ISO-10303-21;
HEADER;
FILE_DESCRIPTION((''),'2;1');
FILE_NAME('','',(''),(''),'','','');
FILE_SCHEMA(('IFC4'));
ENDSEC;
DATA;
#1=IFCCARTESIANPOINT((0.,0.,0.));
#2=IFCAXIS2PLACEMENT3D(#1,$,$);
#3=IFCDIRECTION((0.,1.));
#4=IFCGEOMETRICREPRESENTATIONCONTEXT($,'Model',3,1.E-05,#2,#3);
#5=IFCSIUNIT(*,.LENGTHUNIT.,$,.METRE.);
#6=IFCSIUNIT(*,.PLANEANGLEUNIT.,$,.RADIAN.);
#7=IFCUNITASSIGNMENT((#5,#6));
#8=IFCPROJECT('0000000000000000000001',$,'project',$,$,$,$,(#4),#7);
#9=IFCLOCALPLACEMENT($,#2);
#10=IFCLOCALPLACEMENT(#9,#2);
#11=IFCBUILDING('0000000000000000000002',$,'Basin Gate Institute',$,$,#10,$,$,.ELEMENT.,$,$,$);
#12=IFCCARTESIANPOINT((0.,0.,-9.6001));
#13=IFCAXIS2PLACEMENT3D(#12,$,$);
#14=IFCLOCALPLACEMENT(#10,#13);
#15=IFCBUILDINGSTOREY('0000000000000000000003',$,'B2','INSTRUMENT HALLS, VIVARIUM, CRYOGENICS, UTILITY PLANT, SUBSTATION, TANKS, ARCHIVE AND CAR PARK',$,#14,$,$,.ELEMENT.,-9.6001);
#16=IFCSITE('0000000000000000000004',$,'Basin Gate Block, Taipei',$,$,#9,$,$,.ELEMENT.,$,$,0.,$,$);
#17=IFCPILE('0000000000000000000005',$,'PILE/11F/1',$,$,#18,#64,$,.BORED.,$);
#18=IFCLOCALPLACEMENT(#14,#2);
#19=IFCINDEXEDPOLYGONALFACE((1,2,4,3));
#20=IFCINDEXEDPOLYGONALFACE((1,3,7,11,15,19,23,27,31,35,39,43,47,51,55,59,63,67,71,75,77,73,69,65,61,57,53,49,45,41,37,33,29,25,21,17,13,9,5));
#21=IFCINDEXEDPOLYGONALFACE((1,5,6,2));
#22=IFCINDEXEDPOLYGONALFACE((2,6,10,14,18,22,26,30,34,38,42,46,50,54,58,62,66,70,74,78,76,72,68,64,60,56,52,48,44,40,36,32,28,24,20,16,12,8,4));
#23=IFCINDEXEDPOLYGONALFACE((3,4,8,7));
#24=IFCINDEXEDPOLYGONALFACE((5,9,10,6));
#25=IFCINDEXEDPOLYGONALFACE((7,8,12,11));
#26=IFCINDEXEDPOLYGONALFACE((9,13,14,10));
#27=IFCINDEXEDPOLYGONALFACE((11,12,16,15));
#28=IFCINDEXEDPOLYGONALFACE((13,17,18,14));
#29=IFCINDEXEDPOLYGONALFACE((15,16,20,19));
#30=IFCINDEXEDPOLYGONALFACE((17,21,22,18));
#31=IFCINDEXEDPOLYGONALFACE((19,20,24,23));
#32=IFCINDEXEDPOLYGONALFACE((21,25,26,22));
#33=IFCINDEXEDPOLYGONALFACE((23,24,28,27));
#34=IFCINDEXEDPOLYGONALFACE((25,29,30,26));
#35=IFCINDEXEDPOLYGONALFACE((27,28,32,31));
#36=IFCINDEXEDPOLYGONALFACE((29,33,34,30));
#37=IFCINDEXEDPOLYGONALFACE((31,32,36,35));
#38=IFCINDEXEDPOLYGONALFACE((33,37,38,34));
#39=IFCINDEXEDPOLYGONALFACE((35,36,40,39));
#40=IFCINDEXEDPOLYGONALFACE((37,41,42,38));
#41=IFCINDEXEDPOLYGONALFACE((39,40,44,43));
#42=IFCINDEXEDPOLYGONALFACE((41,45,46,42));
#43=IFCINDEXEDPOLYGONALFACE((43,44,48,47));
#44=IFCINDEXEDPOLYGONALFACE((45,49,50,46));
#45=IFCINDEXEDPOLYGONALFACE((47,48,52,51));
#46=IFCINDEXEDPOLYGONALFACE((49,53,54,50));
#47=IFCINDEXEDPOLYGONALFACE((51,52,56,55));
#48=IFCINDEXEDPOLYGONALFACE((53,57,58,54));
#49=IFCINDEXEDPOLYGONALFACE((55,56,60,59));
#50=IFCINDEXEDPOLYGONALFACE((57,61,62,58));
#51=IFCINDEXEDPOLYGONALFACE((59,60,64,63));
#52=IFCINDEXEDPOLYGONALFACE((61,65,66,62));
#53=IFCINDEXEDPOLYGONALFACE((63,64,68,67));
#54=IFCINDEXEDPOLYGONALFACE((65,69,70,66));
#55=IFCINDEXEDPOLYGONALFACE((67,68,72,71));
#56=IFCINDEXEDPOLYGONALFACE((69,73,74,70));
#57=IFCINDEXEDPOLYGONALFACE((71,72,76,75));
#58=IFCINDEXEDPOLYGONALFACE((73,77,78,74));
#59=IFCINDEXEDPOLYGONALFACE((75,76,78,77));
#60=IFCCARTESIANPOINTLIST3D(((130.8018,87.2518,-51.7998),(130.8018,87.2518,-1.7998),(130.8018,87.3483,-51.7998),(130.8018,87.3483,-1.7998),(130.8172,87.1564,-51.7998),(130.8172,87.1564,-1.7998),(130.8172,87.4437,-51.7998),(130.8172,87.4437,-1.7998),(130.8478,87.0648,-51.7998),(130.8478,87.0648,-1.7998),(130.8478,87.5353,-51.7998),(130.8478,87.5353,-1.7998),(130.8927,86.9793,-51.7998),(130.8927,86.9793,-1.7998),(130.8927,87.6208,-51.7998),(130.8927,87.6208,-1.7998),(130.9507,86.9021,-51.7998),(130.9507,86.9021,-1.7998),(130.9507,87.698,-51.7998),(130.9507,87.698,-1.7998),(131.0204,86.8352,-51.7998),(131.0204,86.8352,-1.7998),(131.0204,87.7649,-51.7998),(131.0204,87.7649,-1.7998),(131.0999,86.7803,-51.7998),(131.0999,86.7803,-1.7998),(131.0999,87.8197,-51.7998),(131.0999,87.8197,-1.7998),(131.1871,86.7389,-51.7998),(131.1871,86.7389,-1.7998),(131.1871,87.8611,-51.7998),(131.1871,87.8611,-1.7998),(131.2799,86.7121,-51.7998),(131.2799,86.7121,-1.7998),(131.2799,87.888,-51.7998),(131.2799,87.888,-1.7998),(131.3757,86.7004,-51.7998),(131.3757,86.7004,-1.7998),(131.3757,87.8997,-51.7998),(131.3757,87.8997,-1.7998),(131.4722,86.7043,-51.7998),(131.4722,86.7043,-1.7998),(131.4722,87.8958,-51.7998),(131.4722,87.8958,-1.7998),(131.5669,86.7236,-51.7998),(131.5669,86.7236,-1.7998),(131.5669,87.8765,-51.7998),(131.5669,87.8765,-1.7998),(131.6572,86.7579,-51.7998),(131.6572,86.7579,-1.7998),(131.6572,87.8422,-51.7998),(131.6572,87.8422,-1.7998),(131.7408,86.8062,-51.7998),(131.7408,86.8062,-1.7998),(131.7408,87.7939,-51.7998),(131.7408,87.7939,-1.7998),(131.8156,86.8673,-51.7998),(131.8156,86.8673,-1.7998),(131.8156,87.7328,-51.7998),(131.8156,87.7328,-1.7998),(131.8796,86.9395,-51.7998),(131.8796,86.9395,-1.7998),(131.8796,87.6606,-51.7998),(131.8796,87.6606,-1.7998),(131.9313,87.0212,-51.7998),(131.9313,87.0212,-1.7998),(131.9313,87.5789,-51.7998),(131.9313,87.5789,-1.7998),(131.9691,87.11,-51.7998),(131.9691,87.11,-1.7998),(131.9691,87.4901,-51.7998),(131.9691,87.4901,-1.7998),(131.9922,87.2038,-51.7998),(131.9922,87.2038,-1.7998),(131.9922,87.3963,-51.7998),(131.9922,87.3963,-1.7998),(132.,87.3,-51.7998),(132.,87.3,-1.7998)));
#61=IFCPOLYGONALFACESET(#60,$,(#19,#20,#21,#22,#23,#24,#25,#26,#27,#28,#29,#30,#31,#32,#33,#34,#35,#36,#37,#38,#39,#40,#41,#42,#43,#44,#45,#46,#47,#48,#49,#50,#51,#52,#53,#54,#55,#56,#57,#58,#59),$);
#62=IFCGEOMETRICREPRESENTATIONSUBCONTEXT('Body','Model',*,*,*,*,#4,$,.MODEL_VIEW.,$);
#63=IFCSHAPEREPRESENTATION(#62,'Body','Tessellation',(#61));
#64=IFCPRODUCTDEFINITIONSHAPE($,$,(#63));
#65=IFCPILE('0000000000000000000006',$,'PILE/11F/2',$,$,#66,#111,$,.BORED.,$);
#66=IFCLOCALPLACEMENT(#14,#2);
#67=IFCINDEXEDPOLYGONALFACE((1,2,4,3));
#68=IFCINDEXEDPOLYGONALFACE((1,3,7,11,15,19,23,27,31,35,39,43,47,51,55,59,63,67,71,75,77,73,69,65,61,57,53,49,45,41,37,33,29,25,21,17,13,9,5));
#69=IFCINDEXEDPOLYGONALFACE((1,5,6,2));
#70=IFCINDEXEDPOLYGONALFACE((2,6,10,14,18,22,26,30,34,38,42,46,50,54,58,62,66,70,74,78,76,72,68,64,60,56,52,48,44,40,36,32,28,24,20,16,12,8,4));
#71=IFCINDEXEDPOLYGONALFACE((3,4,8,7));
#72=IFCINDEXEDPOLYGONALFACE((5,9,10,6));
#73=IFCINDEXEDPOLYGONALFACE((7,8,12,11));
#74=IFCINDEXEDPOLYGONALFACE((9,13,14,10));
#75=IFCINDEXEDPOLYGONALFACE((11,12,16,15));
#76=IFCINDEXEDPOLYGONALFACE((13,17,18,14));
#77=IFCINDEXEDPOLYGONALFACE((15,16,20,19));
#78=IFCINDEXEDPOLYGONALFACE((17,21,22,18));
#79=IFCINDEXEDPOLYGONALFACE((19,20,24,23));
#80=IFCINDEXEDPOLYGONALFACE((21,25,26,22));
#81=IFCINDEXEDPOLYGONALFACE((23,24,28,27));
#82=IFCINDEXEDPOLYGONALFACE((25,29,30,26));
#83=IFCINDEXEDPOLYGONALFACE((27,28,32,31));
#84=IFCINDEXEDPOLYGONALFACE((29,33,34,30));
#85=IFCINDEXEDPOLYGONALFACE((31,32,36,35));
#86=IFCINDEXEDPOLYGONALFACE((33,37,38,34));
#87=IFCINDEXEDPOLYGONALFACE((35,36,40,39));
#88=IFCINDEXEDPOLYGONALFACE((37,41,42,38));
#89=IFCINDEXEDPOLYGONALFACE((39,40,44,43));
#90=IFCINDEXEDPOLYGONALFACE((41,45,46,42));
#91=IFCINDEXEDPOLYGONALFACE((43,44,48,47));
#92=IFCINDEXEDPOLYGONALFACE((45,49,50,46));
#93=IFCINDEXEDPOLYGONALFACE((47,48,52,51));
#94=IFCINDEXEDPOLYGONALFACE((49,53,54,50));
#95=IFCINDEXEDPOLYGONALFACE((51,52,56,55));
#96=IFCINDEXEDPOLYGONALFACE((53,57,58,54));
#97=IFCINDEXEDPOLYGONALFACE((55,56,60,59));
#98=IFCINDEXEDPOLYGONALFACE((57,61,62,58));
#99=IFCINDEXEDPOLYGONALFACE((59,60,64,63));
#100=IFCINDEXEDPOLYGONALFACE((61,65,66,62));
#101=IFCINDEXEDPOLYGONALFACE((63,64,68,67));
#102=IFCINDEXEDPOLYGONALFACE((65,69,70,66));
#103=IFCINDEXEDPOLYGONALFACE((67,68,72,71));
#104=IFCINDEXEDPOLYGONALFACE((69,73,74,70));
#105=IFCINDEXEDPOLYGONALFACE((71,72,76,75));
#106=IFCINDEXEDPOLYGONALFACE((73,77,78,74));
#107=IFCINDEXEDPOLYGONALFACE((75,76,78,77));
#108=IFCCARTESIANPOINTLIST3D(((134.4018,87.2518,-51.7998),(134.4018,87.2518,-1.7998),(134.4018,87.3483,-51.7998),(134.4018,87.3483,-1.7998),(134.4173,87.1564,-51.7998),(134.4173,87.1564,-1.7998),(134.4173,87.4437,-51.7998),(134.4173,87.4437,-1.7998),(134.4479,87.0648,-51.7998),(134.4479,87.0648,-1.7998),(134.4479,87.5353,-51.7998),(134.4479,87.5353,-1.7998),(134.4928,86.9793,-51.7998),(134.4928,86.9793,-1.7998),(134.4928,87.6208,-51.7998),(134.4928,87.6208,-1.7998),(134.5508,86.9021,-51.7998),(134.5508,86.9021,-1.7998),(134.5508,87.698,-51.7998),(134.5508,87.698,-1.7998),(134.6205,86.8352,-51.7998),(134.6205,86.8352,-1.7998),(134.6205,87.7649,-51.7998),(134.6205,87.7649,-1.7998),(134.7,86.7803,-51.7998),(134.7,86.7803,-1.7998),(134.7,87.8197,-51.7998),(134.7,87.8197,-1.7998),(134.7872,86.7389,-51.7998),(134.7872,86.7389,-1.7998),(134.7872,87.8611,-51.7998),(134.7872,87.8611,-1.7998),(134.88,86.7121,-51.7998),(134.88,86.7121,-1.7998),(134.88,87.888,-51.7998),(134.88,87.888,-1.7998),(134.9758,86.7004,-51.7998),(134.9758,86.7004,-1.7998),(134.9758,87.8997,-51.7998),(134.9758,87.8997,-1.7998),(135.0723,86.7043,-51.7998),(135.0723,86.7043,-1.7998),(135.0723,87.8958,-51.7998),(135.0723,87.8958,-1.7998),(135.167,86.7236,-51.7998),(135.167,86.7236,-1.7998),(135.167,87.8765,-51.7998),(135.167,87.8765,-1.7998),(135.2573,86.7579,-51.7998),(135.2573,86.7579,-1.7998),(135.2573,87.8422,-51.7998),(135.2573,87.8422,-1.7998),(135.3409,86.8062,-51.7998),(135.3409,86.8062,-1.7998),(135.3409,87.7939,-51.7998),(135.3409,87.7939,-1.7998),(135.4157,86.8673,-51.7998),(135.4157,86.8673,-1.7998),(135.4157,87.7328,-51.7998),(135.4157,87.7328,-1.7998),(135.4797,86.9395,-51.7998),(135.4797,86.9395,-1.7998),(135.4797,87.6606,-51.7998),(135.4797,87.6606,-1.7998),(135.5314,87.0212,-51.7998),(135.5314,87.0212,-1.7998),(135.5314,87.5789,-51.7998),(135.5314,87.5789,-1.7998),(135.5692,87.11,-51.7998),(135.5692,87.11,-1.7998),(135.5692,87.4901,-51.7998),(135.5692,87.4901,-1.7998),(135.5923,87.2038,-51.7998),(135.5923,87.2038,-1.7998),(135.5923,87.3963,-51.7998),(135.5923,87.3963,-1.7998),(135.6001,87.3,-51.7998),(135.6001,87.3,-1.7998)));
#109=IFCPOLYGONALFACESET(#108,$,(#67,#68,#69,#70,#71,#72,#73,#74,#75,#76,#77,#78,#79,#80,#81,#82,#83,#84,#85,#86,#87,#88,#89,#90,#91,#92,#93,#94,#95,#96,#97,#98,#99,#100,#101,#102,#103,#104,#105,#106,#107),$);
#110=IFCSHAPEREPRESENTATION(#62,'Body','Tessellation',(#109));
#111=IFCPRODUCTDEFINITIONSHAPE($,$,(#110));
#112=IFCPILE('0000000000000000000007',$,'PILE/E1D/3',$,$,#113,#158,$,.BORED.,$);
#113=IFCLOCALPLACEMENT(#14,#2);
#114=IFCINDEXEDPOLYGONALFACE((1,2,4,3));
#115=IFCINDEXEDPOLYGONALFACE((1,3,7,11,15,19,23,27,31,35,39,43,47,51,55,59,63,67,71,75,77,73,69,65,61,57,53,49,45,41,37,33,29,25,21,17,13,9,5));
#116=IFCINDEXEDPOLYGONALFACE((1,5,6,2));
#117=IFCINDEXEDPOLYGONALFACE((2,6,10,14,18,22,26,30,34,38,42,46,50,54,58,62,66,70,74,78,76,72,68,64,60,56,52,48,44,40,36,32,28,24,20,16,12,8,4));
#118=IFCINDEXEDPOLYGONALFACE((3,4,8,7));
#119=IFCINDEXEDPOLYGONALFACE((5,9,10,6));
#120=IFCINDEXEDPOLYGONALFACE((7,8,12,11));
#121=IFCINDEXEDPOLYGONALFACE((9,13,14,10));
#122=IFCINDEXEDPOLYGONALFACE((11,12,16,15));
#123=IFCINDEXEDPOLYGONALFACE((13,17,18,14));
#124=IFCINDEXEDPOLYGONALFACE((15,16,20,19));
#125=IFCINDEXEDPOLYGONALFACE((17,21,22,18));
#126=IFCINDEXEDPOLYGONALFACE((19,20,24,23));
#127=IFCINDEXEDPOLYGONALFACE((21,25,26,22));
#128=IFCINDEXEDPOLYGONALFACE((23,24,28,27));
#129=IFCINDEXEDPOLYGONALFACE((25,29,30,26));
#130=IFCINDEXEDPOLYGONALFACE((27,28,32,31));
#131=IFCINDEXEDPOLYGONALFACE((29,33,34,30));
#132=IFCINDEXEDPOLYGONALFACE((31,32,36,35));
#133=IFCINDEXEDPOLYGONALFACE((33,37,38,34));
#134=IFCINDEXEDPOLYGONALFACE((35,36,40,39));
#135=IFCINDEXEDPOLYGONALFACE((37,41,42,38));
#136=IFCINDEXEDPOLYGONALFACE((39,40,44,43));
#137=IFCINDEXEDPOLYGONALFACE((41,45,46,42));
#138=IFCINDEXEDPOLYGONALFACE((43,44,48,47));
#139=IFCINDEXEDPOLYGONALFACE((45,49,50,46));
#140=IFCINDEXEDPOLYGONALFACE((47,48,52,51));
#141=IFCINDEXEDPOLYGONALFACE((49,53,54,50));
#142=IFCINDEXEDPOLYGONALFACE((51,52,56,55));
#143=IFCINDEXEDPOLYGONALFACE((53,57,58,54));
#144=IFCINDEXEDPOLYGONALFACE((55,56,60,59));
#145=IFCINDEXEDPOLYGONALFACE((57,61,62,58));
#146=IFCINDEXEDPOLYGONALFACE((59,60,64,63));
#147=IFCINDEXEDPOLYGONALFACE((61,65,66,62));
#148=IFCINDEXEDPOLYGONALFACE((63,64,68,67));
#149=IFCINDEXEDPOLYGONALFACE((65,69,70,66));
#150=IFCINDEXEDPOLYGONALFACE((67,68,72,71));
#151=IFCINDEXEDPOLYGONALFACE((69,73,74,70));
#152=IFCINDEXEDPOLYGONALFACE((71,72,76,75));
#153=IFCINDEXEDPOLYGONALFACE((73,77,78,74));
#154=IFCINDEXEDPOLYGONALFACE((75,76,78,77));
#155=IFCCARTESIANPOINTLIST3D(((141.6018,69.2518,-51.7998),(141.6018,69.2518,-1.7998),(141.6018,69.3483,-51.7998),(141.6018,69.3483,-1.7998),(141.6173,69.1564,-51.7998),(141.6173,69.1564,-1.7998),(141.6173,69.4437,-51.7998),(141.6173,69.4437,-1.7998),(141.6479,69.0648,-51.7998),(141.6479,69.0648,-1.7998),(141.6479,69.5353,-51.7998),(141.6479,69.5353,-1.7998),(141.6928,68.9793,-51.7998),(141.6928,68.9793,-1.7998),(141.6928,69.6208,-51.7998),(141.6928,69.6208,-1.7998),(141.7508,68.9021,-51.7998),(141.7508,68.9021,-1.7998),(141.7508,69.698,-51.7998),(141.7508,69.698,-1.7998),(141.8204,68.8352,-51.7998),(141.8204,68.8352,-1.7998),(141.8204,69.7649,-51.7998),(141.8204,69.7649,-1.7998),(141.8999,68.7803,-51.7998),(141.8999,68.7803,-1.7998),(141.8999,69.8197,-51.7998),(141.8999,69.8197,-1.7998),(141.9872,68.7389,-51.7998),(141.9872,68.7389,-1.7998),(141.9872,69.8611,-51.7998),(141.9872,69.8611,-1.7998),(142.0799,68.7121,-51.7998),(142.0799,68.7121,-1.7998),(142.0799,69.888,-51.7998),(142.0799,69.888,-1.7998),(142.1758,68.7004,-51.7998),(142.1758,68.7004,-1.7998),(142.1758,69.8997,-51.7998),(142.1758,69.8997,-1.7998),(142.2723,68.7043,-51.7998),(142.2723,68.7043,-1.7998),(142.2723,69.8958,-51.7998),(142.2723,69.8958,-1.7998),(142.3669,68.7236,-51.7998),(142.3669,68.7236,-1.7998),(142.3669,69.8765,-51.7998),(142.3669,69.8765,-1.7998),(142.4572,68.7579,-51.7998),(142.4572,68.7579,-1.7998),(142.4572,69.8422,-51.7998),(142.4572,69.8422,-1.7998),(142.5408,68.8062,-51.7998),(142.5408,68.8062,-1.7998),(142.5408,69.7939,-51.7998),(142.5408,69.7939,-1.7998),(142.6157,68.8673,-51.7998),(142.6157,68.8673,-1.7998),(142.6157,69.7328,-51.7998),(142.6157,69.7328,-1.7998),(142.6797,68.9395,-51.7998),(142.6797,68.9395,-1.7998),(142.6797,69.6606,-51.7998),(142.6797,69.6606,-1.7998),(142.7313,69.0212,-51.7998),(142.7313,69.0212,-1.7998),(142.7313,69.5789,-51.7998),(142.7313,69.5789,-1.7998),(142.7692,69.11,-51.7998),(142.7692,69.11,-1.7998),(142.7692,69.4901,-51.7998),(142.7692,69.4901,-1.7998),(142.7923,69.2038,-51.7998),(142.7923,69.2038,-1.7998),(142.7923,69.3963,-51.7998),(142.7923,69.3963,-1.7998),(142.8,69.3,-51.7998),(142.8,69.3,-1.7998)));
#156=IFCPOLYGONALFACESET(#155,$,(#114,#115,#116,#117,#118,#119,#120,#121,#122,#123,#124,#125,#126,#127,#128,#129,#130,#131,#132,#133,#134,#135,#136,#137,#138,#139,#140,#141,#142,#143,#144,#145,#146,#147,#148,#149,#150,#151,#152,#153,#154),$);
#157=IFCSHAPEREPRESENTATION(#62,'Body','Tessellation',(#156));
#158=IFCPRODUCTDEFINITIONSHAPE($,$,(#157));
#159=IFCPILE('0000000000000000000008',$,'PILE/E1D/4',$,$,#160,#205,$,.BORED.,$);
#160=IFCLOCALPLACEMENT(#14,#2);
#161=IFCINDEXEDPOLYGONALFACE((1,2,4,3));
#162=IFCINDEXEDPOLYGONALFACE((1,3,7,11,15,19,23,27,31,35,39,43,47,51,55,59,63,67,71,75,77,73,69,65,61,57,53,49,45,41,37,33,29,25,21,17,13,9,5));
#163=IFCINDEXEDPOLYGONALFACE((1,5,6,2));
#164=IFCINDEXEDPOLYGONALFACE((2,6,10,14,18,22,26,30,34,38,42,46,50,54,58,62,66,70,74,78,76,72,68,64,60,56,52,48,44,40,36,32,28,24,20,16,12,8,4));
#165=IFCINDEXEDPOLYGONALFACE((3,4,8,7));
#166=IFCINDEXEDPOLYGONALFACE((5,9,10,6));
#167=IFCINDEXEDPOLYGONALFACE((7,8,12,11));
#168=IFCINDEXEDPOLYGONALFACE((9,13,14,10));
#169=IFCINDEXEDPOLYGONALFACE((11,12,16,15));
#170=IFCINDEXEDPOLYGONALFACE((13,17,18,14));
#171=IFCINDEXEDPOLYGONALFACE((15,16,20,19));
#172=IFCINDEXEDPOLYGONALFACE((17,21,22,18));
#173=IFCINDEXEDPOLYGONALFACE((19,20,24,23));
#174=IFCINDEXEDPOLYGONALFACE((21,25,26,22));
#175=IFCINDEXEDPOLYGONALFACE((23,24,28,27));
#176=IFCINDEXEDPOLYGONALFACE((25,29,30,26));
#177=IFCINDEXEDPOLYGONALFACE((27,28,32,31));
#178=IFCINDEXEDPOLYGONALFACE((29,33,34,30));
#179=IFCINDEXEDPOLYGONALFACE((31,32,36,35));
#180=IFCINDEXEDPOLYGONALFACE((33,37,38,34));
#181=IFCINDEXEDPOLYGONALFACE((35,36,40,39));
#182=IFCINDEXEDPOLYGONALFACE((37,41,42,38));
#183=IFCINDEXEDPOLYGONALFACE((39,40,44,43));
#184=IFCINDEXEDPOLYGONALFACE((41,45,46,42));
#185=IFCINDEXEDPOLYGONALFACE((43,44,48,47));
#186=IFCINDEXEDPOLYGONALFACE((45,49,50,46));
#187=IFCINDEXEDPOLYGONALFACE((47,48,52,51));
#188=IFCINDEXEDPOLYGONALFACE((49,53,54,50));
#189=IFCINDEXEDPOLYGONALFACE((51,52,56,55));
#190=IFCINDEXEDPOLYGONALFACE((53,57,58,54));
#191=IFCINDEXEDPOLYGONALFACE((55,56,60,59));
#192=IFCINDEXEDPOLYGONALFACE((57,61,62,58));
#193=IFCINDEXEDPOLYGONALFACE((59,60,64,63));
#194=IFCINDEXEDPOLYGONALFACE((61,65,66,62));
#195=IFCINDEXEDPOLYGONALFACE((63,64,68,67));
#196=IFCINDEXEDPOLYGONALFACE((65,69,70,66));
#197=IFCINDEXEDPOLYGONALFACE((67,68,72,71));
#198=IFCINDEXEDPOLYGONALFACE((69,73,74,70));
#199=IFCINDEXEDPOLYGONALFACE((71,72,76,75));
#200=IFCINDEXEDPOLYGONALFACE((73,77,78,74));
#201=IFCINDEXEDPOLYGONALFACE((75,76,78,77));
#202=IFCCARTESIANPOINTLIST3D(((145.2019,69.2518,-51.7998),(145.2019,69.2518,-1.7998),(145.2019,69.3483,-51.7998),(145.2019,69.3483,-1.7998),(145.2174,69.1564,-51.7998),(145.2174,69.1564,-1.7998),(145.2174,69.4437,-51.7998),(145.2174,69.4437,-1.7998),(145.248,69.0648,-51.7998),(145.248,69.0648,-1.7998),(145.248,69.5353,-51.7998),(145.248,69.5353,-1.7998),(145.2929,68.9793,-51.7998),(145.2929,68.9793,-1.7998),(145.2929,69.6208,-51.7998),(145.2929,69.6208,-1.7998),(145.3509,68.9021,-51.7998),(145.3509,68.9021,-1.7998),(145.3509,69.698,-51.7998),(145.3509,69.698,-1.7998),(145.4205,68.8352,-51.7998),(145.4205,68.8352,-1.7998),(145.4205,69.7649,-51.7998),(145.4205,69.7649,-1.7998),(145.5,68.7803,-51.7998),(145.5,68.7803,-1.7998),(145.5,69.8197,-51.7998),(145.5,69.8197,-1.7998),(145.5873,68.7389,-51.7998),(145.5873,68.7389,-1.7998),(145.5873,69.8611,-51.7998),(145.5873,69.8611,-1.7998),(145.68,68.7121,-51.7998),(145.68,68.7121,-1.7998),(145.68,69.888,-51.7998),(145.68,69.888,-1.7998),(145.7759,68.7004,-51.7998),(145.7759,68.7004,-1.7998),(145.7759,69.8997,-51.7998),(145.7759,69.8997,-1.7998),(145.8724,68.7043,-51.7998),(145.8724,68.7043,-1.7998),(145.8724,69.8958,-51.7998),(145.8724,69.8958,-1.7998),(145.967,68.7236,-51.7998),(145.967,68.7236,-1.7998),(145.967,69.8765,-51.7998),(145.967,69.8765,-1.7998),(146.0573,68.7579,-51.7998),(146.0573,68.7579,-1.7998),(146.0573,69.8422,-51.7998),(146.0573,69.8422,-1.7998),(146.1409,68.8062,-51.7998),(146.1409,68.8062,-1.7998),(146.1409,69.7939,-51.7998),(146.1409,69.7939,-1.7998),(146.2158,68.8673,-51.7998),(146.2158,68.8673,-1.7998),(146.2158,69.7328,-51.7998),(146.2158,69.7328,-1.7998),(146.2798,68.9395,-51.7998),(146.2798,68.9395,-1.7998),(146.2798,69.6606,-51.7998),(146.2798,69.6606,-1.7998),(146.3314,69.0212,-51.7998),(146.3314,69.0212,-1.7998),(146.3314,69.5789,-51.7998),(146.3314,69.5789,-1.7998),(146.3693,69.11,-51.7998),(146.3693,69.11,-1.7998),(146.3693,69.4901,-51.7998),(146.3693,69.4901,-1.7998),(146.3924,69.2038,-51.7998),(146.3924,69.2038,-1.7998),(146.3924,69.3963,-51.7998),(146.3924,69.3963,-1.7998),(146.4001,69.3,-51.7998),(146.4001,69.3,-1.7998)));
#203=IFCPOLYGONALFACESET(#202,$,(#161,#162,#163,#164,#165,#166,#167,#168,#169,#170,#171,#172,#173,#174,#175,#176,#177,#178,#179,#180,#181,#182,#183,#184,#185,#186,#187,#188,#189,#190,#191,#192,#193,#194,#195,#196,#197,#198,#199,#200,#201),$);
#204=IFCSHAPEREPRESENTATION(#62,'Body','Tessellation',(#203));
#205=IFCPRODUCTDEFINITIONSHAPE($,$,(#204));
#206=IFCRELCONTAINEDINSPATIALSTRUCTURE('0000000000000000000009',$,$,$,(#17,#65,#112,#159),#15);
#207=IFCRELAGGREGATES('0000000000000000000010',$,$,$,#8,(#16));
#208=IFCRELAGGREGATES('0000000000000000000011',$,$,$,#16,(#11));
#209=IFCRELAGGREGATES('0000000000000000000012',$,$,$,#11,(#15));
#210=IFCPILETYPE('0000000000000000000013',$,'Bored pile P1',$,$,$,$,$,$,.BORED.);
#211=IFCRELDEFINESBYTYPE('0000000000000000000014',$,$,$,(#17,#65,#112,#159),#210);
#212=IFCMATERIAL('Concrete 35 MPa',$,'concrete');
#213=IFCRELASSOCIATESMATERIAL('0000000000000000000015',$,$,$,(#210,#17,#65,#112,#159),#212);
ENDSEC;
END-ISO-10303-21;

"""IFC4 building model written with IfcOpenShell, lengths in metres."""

from ifc_helpers import new_model, si_unit, direction, frame, origin, origin_2d, place, context, subcontext, project, spatial, circle, extrude, material, material_profile, profile_set, type_object, element, save


model = new_model("IFC4")

# Units and contexts
model_context = context("Model", 3, precision=1e-05, world=origin(), true_north=direction((0.0, 1.0)))
body_context = subcontext(model_context, "Body", "Model", "MODEL_VIEW")
ifc_project = project(units=[si_unit("LENGTHUNIT", "METRE"), si_unit("PLANEANGLEUNIT", "RADIAN")], contexts=[model_context])

# Site, building, storey
site_placement = place(None, origin())
site = spatial("IfcSite", under=ifc_project, at=site_placement, Name="Basin Gate Block, Taipei", CompositionType="ELEMENT", RefElevation=0.0)
building_placement = place(site_placement, origin())
building = spatial("IfcBuilding", under=site, at=building_placement, Name="Basin Gate Institute", CompositionType="ELEMENT")
storey_placement = place(building_placement, frame((0.0, 0.0, -9.6001)))
storey = spatial("IfcBuildingStorey", under=building, at=storey_placement, Name="B2", Description="INSTRUMENT HALLS, VIVARIUM, CRYOGENICS, UTILITY PLANT, SUBSTATION, TANKS, ARCHIVE AND CAR PARK", CompositionType="ELEMENT", Elevation=-9.6001)

# Piles
ifc_material_1 = material(Name="Concrete 35 MPa", Category="concrete")
ifc_material_profile_1 = material_profile(ifc_material_1, circle(Radius=0.6001, at=origin_2d()), Name="Bored pile P1 1200 dia")
ifc_profile_set_1 = profile_set([ifc_material_profile_1], Name="Concrete 35 MPa")
pile_type = type_object("IfcPileType", Name="Bored pile P1", PredefinedType="BORED", material=ifc_profile_set_1)
for number, where, z_axis, x_axis, name in (
    (1, (131.3999, 87.3, -1.7998), (0.0, 0.0, -1.0), (1.0, 0.0, 0.0), "PILE/11F/1"),
    (2, (135.0, 87.3, -1.7998), (0.0, 0.0, -1.0), (1.0, 0.0, 0.0), "PILE/11F/2"),
    (3, (142.2, 69.3, -1.7998), (0.0, 0.0, -1.0), (1.0, 0.0, 0.0), "PILE/E1D/3"),
    (4, (145.8, 69.3, -1.7998), (0.0, 0.0, -1.0), (1.0, 0.0, 0.0), "PILE/E1D/4"),
):
    element("IfcPile", number, at=place(storey_placement, frame(where, z_axis=z_axis, x_axis=x_axis)), inside=storey, type_object=pile_type, material=ifc_profile_set_1, Name=name, PredefinedType="BORED", context=body_context, shape_type="SweptSolid", body=[
        extrude(circle(Radius=0.6001, at=origin_2d()), origin(), (0.0, 0.0, 1.0), 50.0),
    ])

save(model, "model.ifc")
